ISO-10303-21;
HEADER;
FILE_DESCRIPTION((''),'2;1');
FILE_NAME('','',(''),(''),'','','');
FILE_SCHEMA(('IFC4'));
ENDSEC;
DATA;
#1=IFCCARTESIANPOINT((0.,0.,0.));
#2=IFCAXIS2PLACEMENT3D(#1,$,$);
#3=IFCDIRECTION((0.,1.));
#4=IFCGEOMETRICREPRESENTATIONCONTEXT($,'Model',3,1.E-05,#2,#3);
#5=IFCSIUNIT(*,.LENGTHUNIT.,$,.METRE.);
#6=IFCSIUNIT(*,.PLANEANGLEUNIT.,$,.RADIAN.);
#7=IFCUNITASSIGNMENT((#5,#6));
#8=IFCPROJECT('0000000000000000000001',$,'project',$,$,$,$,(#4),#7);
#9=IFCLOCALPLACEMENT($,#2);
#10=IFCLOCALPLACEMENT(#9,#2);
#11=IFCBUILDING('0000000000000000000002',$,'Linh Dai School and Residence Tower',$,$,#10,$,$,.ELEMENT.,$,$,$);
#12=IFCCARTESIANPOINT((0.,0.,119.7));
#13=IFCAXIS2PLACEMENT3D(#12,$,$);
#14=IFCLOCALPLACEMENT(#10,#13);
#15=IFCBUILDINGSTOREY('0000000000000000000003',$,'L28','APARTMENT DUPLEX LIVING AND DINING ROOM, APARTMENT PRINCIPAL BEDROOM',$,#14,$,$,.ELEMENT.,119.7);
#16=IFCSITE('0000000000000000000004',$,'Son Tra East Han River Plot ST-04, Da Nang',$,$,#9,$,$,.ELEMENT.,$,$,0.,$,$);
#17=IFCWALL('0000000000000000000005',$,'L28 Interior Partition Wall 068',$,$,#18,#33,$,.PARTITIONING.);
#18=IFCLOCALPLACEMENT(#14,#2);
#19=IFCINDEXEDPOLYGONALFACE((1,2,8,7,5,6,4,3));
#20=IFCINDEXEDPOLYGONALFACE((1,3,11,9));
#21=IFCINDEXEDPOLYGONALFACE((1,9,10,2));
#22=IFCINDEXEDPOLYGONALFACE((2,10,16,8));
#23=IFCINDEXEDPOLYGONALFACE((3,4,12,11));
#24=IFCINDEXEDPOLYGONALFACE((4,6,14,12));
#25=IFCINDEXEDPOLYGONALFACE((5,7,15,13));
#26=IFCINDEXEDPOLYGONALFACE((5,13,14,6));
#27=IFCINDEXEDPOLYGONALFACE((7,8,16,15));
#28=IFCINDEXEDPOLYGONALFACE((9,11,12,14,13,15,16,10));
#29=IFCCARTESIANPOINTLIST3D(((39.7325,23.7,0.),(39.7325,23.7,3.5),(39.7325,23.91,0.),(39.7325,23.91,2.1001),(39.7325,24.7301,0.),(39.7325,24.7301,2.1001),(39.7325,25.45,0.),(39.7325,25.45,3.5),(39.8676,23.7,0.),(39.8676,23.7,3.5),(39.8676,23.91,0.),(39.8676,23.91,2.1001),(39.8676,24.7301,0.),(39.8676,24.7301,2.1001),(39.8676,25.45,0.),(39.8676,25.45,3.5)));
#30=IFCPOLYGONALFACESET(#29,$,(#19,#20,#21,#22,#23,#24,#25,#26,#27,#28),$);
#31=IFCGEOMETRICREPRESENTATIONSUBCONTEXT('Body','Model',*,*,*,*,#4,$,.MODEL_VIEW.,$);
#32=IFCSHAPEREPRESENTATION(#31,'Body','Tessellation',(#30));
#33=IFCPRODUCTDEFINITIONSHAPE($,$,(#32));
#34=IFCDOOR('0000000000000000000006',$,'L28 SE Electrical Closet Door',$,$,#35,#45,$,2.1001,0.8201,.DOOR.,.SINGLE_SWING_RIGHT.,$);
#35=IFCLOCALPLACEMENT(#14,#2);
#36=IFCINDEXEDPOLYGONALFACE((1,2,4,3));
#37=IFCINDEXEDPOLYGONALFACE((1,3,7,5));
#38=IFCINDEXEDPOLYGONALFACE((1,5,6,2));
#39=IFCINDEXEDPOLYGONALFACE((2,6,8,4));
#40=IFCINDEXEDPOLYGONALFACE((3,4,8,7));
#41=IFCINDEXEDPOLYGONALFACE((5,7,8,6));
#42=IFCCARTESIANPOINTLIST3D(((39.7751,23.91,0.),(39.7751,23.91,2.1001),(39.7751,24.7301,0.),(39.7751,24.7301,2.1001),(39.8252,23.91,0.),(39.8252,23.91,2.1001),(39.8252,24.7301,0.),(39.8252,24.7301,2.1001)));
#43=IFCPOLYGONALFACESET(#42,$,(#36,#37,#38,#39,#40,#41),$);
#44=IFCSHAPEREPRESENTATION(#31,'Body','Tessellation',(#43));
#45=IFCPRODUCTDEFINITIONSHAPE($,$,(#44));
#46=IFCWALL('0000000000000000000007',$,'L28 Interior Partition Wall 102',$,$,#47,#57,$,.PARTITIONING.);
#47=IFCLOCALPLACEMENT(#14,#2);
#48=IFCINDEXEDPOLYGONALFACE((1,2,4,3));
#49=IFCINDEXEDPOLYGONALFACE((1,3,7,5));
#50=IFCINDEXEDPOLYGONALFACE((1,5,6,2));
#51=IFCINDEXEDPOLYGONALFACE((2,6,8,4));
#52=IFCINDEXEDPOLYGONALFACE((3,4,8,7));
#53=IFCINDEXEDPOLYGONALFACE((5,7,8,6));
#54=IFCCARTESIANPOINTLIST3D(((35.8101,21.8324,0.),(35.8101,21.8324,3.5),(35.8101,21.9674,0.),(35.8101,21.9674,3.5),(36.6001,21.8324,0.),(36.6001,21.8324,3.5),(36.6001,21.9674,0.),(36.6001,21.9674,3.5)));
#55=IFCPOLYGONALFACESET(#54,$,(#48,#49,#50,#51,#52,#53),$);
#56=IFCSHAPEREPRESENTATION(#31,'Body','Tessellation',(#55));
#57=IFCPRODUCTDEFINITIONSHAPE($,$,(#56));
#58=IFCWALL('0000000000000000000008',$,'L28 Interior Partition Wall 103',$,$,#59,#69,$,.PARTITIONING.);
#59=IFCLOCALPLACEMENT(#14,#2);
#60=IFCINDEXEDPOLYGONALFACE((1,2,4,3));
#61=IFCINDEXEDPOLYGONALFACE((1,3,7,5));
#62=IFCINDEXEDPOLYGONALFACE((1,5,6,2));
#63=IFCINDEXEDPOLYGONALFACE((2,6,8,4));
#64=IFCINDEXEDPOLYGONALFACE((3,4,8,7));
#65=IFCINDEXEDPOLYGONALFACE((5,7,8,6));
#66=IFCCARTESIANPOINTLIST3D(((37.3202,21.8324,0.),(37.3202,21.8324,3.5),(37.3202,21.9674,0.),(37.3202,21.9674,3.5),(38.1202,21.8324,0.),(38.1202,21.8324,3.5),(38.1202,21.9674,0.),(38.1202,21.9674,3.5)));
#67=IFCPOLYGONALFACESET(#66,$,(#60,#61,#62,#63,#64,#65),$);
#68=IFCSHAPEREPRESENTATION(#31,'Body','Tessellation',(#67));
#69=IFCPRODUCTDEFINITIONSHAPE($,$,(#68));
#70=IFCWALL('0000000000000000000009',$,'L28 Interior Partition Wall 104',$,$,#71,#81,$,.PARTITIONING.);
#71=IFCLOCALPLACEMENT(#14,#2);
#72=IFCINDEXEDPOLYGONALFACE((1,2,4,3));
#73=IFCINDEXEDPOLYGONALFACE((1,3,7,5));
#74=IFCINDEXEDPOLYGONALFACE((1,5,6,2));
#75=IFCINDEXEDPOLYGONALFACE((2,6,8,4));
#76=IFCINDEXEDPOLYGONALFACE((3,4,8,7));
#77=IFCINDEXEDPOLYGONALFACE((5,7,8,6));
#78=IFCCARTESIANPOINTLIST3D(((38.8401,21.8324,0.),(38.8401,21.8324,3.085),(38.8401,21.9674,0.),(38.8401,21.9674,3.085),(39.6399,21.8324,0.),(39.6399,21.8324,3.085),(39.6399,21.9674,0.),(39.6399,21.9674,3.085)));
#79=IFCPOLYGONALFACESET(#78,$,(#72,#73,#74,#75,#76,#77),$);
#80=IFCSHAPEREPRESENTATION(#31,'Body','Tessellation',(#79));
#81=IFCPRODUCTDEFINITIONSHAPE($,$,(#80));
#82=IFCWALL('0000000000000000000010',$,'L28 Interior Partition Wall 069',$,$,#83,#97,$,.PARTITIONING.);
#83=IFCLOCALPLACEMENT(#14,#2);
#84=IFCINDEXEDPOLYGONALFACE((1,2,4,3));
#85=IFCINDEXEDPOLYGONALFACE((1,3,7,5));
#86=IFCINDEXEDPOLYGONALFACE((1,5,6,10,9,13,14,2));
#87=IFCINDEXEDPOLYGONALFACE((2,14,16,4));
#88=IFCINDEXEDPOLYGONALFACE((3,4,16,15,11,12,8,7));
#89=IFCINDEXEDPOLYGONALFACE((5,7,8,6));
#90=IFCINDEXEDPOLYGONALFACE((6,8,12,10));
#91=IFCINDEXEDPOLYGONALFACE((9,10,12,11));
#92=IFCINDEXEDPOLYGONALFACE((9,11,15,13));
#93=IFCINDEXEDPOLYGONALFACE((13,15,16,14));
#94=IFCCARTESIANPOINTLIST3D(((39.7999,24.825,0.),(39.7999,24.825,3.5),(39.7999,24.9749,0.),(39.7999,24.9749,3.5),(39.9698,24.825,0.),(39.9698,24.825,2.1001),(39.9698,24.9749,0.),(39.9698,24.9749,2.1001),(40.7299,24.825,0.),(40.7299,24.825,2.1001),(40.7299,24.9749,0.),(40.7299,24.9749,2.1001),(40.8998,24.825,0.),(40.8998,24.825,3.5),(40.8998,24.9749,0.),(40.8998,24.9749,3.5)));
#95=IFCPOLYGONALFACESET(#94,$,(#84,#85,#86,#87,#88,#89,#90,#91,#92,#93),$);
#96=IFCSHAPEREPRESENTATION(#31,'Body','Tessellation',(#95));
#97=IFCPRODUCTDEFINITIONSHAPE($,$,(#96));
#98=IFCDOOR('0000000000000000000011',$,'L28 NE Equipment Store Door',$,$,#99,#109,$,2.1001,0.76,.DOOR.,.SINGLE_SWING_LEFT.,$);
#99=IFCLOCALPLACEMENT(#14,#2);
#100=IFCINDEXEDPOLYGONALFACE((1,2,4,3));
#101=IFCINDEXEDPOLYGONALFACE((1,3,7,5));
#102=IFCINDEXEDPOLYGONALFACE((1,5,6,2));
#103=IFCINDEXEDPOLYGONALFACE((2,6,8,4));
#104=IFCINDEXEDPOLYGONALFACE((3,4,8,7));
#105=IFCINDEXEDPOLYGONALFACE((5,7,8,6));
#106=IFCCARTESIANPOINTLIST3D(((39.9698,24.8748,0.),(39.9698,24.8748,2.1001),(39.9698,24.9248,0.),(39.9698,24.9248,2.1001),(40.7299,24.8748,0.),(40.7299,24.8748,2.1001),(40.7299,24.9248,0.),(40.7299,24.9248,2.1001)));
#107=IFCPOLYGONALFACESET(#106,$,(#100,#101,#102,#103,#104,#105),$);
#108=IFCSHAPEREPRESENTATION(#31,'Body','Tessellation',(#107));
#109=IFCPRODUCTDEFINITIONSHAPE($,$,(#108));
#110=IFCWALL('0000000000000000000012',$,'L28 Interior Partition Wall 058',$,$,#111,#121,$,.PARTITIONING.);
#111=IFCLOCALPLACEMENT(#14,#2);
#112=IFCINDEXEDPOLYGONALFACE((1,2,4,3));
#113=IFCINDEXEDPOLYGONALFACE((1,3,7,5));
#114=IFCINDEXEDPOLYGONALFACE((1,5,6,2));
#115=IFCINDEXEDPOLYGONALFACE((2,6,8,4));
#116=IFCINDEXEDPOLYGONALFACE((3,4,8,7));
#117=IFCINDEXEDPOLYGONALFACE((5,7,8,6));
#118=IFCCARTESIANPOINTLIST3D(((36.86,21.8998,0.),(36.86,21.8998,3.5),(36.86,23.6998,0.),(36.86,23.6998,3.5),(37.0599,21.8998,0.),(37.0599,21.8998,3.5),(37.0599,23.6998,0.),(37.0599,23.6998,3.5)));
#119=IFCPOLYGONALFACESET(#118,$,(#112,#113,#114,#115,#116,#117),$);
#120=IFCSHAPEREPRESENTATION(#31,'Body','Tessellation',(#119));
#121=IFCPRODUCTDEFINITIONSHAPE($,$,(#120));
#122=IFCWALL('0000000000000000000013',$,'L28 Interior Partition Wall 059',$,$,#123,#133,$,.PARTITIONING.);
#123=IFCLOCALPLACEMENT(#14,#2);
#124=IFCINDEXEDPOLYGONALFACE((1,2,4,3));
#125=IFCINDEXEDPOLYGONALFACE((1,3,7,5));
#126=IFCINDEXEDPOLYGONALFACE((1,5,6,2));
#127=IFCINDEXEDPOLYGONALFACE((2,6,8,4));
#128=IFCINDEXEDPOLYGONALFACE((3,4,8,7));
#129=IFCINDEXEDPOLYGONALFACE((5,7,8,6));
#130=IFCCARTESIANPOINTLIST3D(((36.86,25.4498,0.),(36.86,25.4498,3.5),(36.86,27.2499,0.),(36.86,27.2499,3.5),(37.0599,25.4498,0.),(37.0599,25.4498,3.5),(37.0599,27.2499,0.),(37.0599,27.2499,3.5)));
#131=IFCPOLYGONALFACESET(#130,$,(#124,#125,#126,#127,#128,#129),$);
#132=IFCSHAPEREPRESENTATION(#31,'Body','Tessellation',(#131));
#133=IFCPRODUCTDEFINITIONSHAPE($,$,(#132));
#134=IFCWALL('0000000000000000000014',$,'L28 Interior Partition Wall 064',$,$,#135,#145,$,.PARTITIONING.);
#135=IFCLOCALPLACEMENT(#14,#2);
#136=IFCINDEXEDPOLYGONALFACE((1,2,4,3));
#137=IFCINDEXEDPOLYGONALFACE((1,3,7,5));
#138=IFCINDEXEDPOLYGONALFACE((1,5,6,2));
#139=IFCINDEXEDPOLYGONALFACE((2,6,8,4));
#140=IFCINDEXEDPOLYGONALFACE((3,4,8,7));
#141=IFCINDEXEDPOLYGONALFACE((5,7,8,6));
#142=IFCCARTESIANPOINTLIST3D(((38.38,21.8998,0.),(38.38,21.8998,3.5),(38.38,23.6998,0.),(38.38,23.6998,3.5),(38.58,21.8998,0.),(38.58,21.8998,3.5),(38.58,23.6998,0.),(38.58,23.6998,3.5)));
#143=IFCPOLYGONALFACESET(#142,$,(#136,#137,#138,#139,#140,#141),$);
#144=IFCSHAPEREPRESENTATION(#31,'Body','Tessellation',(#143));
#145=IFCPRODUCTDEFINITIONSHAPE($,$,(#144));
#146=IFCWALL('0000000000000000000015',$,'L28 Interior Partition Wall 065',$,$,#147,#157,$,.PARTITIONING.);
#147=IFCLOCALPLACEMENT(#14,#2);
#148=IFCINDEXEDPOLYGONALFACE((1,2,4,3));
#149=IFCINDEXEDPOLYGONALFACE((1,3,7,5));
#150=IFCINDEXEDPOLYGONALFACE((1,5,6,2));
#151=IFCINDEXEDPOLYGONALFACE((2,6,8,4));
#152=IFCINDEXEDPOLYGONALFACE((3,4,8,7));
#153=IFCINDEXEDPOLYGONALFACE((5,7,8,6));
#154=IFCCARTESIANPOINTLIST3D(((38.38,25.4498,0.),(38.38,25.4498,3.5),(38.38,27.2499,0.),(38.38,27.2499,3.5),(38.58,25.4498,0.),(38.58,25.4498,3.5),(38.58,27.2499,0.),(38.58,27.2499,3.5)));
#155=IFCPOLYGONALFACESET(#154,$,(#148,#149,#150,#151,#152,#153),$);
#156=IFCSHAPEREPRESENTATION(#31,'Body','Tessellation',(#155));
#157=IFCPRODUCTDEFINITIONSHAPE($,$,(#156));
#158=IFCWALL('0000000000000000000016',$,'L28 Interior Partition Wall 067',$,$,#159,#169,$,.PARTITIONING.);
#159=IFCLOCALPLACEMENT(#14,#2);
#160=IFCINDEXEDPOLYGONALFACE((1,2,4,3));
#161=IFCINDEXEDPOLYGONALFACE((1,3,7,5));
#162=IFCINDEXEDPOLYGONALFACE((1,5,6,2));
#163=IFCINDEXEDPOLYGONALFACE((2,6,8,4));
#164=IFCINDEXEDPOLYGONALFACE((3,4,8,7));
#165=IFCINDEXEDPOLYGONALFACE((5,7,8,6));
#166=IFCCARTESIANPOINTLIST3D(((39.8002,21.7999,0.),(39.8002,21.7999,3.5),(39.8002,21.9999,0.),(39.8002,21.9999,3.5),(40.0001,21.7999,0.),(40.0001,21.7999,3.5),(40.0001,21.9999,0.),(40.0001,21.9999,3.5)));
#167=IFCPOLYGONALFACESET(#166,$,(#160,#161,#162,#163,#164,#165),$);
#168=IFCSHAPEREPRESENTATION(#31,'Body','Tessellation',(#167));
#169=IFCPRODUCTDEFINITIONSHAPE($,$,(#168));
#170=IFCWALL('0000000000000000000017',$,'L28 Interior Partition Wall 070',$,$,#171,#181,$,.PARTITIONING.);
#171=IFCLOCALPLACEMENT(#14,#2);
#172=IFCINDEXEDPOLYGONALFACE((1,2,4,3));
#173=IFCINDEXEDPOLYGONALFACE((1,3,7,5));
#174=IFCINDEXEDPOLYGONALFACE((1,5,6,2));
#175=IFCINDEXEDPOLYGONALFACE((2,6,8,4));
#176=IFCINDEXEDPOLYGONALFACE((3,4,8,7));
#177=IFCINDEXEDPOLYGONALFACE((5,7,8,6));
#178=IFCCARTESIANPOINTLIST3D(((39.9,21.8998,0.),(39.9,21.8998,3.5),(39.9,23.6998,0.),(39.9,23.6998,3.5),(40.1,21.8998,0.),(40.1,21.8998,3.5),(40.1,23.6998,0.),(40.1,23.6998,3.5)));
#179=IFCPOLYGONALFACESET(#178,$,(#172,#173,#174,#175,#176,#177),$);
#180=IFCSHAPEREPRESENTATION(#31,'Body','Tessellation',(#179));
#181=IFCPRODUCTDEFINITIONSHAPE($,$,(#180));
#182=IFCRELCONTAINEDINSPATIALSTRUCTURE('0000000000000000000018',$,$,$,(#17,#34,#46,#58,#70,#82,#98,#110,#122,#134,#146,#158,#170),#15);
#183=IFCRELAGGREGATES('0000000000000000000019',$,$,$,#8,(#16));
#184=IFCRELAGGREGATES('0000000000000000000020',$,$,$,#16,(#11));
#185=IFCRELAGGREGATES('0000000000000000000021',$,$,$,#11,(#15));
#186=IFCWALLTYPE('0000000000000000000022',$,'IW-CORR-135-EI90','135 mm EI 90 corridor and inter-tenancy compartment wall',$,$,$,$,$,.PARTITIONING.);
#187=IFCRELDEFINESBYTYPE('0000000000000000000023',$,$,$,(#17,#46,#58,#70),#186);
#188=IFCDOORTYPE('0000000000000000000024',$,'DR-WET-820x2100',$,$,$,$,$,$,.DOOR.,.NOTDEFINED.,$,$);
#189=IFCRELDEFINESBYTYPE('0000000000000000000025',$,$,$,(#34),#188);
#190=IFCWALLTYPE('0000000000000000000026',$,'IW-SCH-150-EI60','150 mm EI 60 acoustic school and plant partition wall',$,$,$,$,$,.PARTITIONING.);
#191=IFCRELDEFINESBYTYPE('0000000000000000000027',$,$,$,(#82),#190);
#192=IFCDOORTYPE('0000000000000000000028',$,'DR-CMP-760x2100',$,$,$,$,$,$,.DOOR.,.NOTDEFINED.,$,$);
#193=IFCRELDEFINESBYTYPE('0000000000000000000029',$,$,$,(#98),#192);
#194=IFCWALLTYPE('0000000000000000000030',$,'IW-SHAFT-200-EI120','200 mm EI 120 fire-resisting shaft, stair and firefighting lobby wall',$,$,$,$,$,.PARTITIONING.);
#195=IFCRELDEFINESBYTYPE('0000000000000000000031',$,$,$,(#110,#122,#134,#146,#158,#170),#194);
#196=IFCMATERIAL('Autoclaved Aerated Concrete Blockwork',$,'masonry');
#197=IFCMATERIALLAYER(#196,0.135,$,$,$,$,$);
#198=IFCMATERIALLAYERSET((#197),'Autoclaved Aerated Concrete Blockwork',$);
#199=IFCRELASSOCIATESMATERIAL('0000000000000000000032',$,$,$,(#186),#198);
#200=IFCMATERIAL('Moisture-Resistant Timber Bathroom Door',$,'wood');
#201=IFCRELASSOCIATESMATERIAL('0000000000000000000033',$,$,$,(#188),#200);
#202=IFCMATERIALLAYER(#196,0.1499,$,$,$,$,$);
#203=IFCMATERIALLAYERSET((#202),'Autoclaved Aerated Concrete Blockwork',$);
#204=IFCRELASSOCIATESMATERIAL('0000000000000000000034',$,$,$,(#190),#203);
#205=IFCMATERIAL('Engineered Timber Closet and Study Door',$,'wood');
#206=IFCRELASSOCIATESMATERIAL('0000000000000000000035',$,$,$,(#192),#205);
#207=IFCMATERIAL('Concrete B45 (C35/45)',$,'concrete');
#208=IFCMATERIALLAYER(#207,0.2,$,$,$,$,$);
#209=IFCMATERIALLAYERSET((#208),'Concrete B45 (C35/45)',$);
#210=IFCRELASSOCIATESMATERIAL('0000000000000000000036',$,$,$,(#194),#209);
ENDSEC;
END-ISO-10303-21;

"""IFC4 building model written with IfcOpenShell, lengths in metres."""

from ifc_helpers import new_model, si_unit, direction, frame, frame_2d, origin, origin_2d, place, context, subcontext, project, spatial, rectangle, extrude, source, transform, mapped, material, layer, layer_set, type_object, element, fill, save


model = new_model("IFC4")

# Units and contexts
model_context = context("Model", 3, precision=1e-05, world=origin(), true_north=direction((0.0, 1.0)))
body_context = subcontext(model_context, "Body", "Model", "MODEL_VIEW")
ifc_project = project(units=[si_unit("LENGTHUNIT", "METRE"), si_unit("PLANEANGLEUNIT", "RADIAN")], contexts=[model_context])

# Site, building, storey
site_placement = place(None, origin())
site = spatial("IfcSite", under=ifc_project, at=site_placement, Name="Son Tra East Han River Plot ST-04, Da Nang", CompositionType="ELEMENT", RefElevation=0.0)
building_placement = place(site_placement, origin())
building = spatial("IfcBuilding", under=site, at=building_placement, Name="Linh Dai School and Residence Tower", CompositionType="ELEMENT")
storey_placement = place(building_placement, frame((0.0, 0.0, 119.7)))
storey = spatial("IfcBuildingStorey", under=building, at=storey_placement, Name="L28", Description="APARTMENT DUPLEX LIVING AND DINING ROOM, APARTMENT PRINCIPAL BEDROOM", CompositionType="ELEMENT", Elevation=119.7)

# Wall, opening, door
ifc_material_1 = material(Name="Autoclaved Aerated Concrete Blockwork", Category="masonry")
ifc_layer_1 = layer(ifc_material_1, 0.135)
ifc_layer_set_1 = layer_set([ifc_layer_1], Name="Autoclaved Aerated Concrete Blockwork")
wall_type_1 = type_object("IfcWallType", Name="IW-CORR-135-EI90", Description="135 mm EI 90 corridor and inter-tenancy compartment wall", PredefinedType="PARTITIONING", material=ifc_layer_set_1)
wall_1_placement = place(storey_placement, frame((39.8, 23.7, 0.0), z_axis=(0.0, 0.0, 1.0), x_axis=(0.0, 1.0, 0.0)))
wall_1 = element("IfcWall", 1, at=wall_1_placement, inside=storey, type_object=wall_type_1, Name="L28 Interior Partition Wall 068", PredefinedType="PARTITIONING", context=body_context, shape_type="SweptSolid", body=[
    extrude(rectangle(XDim=1.75, YDim=0.135, at=frame_2d((0.875, 0.0))), origin(), (0.0, 0.0, 1.0), 3.5),
])
opening_1_placement = place(wall_1_placement, frame((0.21, 0.0, 0.0)))
opening_1 = element("IfcOpeningElement", 2, at=opening_1_placement, cuts=wall_1, PredefinedType="OPENING", context=body_context, shape_type="SweptSolid", body=[
    extrude(rectangle(XDim=0.8201, YDim=2.1001, at=origin_2d()), frame((0.4102, 0.0776, 1.05), z_axis=(0.0, -1.0, 0.0), x_axis=(1.0, 0.0, 0.0)), (0.0, 0.0, 1.0), 0.155),
])
ifc_material_2 = material(Name="Moisture-Resistant Timber Bathroom Door", Category="wood")
door_type_1 = type_object("IfcDoorType", Name="DR-WET-820x2100", OperationType="NOTDEFINED", PredefinedType="DOOR", material=ifc_material_2)
shared_shape_1 = source(origin(), body_context, "Body", "SweptSolid", [
    extrude(rectangle(XDim=0.8201, YDim=2.1001, at=origin_2d()), frame((0.4102, 0.0249, 1.05), z_axis=(0.0, -1.0, 0.0), x_axis=(1.0, 0.0, 0.0)), (0.0, 0.0, 1.0), 0.05),
])
door_1_placement = place(opening_1_placement, origin())
door_1 = element("IfcDoor", 3, at=door_1_placement, inside=storey, type_object=door_type_1, Name="L28 SE Electrical Closet Door", OperationType="SINGLE_SWING_RIGHT", OverallHeight=2.1001, OverallWidth=0.8201, PredefinedType="DOOR", context=body_context, shape_type="MappedRepresentation", body=[
    mapped(shared_shape_1, transform((0.0, 0.0, 0.0), x_axis=(1.0, 0.0, 0.0), y_axis=(0.0, 1.0, 0.0), z_axis=(0.0, 0.0, 1.0), scale=1.0)),
])
fill(opening_1, door_1)

# Walls
wall_2_placement = place(storey_placement, frame((36.6001, 21.8999, 0.0), z_axis=(0.0, 0.0, 1.0), x_axis=(-1.0, 0.0, 0.0)))
element("IfcWall", 4, at=wall_2_placement, inside=storey, type_object=wall_type_1, Name="L28 Interior Partition Wall 102", PredefinedType="PARTITIONING", context=body_context, shape_type="SweptSolid", body=[
    extrude(rectangle(XDim=0.79, YDim=0.135, at=frame_2d((0.395, 0.0))), origin(), (0.0, 0.0, 1.0), 3.5),
])
wall_3_placement = place(storey_placement, frame((38.1201, 21.8999, 0.0), z_axis=(0.0, 0.0, 1.0), x_axis=(-1.0, 0.0, 0.0)))
element("IfcWall", 5, at=wall_3_placement, inside=storey, type_object=wall_type_1, Name="L28 Interior Partition Wall 103", PredefinedType="PARTITIONING", context=body_context, shape_type="SweptSolid", body=[
    extrude(rectangle(XDim=0.8, YDim=0.135, at=frame_2d((0.3999, 0.0))), origin(), (0.0, 0.0, 1.0), 3.5),
])
wall_4_placement = place(storey_placement, frame((39.6399, 21.8999, 0.0), z_axis=(0.0, 0.0, 1.0), x_axis=(-1.0, 0.0, 0.0)))
element("IfcWall", 6, at=wall_4_placement, inside=storey, type_object=wall_type_1, Name="L28 Interior Partition Wall 104", PredefinedType="PARTITIONING", context=body_context, shape_type="SweptSolid", body=[
    extrude(rectangle(XDim=0.7998, YDim=0.135, at=frame_2d((0.3999, 0.0))), origin(), (0.0, 0.0, 1.0), 3.085),
])

# Wall, opening, door
ifc_layer_2 = layer(ifc_material_1, 0.1499)
ifc_layer_set_2 = layer_set([ifc_layer_2], Name="Autoclaved Aerated Concrete Blockwork")
wall_type_2 = type_object("IfcWallType", Name="IW-SCH-150-EI60", Description="150 mm EI 60 acoustic school and plant partition wall", PredefinedType="PARTITIONING", material=ifc_layer_set_2)
wall_5_placement = place(storey_placement, frame((39.8, 24.8999, 0.0), z_axis=(0.0, 0.0, 1.0), x_axis=(1.0, 0.0, 0.0)))
wall_5 = element("IfcWall", 7, at=wall_5_placement, inside=storey, type_object=wall_type_2, Name="L28 Interior Partition Wall 069", PredefinedType="PARTITIONING", context=body_context, shape_type="SweptSolid", body=[
    extrude(rectangle(XDim=1.0999, YDim=0.1499, at=frame_2d((0.5498, 0.0))), origin(), (0.0, 0.0, 1.0), 3.5),
])
opening_2_placement = place(wall_5_placement, frame((0.1699, 0.0, 0.0)))
opening_2 = element("IfcOpeningElement", 8, at=opening_2_placement, cuts=wall_5, PredefinedType="OPENING", context=body_context, shape_type="SweptSolid", body=[
    extrude(rectangle(XDim=0.76, YDim=2.1001, at=origin_2d()), frame((0.3799, 0.085, 1.05), z_axis=(0.0, -1.0, 0.0), x_axis=(1.0, 0.0, 0.0)), (0.0, 0.0, 1.0), 0.1699),
])
ifc_material_3 = material(Name="Engineered Timber Closet and Study Door", Category="wood")
door_type_2 = type_object("IfcDoorType", Name="DR-CMP-760x2100", OperationType="NOTDEFINED", PredefinedType="DOOR", material=ifc_material_3)
shared_shape_2 = source(origin(), body_context, "Body", "SweptSolid", [
    extrude(rectangle(XDim=0.76, YDim=2.1001, at=origin_2d()), frame((0.3799, 0.0249, 1.05), z_axis=(0.0, -1.0, 0.0), x_axis=(1.0, 0.0, 0.0)), (0.0, 0.0, 1.0), 0.05),
])
door_2_placement = place(opening_2_placement, origin())
door_2 = element("IfcDoor", 9, at=door_2_placement, inside=storey, type_object=door_type_2, Name="L28 NE Equipment Store Door", OperationType="SINGLE_SWING_LEFT", OverallHeight=2.1001, OverallWidth=0.76, PredefinedType="DOOR", context=body_context, shape_type="MappedRepresentation", body=[
    mapped(shared_shape_2, transform((0.0, 0.0, 0.0), x_axis=(1.0, 0.0, 0.0), y_axis=(0.0, 1.0, 0.0), z_axis=(0.0, 0.0, 1.0), scale=1.0)),
])
fill(opening_2, door_2)

# Walls
ifc_material_4 = material(Name="Concrete B45 (C35/45)", Category="concrete")
ifc_layer_3 = layer(ifc_material_4, 0.2)
ifc_layer_set_3 = layer_set([ifc_layer_3], Name="Concrete B45 (C35/45)")
wall_type_3 = type_object("IfcWallType", Name="IW-SHAFT-200-EI120", Description="200 mm EI 120 fire-resisting shaft, stair and firefighting lobby wall", PredefinedType="PARTITIONING", material=ifc_layer_set_3)
for number, where, z_axis, x_axis, name in (
    (10, (36.96, 21.8999, 0.0), (0.0, 0.0, 1.0), (0.0, 1.0, 0.0), "L28 Interior Partition Wall 058"),
    (11, (36.96, 25.45, 0.0), (0.0, 0.0, 1.0), (0.0, 1.0, 0.0), "L28 Interior Partition Wall 059"),
    (12, (38.48, 21.8999, 0.0), (0.0, 0.0, 1.0), (0.0, 1.0, 0.0), "L28 Interior Partition Wall 064"),
    (13, (38.48, 25.45, 0.0), (0.0, 0.0, 1.0), (0.0, 1.0, 0.0), "L28 Interior Partition Wall 065"),
):
    element("IfcWall", number, at=place(storey_placement, frame(where, z_axis=z_axis, x_axis=x_axis)), inside=storey, type_object=wall_type_3, Name=name, PredefinedType="PARTITIONING", context=body_context, shape_type="SweptSolid", body=[
        extrude(rectangle(XDim=1.8, YDim=0.2, at=frame_2d((0.8999, 0.0))), origin(), (0.0, 0.0, 1.0), 3.5),
    ])
wall_6_placement = place(storey_placement, frame((39.8, 21.8999, 0.0), z_axis=(0.0, 0.0, 1.0), x_axis=(1.0, 0.0, 0.0)))
element("IfcWall", 14, at=wall_6_placement, inside=storey, type_object=wall_type_3, Name="L28 Interior Partition Wall 067", PredefinedType="PARTITIONING", context=body_context, shape_type="SweptSolid", body=[
    extrude(rectangle(XDim=0.2, YDim=0.2, at=frame_2d((0.1001, 0.0))), origin(), (0.0, 0.0, 1.0), 3.5),
])
wall_7_placement = place(storey_placement, frame((40.0, 21.8999, 0.0), z_axis=(0.0, 0.0, 1.0), x_axis=(0.0, 1.0, 0.0)))
element("IfcWall", 15, at=wall_7_placement, inside=storey, type_object=wall_type_3, Name="L28 Interior Partition Wall 070", PredefinedType="PARTITIONING", context=body_context, shape_type="SweptSolid", body=[
    extrude(rectangle(XDim=1.8, YDim=0.2, at=frame_2d((0.8999, 0.0))), origin(), (0.0, 0.0, 1.0), 3.5),
])

save(model, "model.ifc")
